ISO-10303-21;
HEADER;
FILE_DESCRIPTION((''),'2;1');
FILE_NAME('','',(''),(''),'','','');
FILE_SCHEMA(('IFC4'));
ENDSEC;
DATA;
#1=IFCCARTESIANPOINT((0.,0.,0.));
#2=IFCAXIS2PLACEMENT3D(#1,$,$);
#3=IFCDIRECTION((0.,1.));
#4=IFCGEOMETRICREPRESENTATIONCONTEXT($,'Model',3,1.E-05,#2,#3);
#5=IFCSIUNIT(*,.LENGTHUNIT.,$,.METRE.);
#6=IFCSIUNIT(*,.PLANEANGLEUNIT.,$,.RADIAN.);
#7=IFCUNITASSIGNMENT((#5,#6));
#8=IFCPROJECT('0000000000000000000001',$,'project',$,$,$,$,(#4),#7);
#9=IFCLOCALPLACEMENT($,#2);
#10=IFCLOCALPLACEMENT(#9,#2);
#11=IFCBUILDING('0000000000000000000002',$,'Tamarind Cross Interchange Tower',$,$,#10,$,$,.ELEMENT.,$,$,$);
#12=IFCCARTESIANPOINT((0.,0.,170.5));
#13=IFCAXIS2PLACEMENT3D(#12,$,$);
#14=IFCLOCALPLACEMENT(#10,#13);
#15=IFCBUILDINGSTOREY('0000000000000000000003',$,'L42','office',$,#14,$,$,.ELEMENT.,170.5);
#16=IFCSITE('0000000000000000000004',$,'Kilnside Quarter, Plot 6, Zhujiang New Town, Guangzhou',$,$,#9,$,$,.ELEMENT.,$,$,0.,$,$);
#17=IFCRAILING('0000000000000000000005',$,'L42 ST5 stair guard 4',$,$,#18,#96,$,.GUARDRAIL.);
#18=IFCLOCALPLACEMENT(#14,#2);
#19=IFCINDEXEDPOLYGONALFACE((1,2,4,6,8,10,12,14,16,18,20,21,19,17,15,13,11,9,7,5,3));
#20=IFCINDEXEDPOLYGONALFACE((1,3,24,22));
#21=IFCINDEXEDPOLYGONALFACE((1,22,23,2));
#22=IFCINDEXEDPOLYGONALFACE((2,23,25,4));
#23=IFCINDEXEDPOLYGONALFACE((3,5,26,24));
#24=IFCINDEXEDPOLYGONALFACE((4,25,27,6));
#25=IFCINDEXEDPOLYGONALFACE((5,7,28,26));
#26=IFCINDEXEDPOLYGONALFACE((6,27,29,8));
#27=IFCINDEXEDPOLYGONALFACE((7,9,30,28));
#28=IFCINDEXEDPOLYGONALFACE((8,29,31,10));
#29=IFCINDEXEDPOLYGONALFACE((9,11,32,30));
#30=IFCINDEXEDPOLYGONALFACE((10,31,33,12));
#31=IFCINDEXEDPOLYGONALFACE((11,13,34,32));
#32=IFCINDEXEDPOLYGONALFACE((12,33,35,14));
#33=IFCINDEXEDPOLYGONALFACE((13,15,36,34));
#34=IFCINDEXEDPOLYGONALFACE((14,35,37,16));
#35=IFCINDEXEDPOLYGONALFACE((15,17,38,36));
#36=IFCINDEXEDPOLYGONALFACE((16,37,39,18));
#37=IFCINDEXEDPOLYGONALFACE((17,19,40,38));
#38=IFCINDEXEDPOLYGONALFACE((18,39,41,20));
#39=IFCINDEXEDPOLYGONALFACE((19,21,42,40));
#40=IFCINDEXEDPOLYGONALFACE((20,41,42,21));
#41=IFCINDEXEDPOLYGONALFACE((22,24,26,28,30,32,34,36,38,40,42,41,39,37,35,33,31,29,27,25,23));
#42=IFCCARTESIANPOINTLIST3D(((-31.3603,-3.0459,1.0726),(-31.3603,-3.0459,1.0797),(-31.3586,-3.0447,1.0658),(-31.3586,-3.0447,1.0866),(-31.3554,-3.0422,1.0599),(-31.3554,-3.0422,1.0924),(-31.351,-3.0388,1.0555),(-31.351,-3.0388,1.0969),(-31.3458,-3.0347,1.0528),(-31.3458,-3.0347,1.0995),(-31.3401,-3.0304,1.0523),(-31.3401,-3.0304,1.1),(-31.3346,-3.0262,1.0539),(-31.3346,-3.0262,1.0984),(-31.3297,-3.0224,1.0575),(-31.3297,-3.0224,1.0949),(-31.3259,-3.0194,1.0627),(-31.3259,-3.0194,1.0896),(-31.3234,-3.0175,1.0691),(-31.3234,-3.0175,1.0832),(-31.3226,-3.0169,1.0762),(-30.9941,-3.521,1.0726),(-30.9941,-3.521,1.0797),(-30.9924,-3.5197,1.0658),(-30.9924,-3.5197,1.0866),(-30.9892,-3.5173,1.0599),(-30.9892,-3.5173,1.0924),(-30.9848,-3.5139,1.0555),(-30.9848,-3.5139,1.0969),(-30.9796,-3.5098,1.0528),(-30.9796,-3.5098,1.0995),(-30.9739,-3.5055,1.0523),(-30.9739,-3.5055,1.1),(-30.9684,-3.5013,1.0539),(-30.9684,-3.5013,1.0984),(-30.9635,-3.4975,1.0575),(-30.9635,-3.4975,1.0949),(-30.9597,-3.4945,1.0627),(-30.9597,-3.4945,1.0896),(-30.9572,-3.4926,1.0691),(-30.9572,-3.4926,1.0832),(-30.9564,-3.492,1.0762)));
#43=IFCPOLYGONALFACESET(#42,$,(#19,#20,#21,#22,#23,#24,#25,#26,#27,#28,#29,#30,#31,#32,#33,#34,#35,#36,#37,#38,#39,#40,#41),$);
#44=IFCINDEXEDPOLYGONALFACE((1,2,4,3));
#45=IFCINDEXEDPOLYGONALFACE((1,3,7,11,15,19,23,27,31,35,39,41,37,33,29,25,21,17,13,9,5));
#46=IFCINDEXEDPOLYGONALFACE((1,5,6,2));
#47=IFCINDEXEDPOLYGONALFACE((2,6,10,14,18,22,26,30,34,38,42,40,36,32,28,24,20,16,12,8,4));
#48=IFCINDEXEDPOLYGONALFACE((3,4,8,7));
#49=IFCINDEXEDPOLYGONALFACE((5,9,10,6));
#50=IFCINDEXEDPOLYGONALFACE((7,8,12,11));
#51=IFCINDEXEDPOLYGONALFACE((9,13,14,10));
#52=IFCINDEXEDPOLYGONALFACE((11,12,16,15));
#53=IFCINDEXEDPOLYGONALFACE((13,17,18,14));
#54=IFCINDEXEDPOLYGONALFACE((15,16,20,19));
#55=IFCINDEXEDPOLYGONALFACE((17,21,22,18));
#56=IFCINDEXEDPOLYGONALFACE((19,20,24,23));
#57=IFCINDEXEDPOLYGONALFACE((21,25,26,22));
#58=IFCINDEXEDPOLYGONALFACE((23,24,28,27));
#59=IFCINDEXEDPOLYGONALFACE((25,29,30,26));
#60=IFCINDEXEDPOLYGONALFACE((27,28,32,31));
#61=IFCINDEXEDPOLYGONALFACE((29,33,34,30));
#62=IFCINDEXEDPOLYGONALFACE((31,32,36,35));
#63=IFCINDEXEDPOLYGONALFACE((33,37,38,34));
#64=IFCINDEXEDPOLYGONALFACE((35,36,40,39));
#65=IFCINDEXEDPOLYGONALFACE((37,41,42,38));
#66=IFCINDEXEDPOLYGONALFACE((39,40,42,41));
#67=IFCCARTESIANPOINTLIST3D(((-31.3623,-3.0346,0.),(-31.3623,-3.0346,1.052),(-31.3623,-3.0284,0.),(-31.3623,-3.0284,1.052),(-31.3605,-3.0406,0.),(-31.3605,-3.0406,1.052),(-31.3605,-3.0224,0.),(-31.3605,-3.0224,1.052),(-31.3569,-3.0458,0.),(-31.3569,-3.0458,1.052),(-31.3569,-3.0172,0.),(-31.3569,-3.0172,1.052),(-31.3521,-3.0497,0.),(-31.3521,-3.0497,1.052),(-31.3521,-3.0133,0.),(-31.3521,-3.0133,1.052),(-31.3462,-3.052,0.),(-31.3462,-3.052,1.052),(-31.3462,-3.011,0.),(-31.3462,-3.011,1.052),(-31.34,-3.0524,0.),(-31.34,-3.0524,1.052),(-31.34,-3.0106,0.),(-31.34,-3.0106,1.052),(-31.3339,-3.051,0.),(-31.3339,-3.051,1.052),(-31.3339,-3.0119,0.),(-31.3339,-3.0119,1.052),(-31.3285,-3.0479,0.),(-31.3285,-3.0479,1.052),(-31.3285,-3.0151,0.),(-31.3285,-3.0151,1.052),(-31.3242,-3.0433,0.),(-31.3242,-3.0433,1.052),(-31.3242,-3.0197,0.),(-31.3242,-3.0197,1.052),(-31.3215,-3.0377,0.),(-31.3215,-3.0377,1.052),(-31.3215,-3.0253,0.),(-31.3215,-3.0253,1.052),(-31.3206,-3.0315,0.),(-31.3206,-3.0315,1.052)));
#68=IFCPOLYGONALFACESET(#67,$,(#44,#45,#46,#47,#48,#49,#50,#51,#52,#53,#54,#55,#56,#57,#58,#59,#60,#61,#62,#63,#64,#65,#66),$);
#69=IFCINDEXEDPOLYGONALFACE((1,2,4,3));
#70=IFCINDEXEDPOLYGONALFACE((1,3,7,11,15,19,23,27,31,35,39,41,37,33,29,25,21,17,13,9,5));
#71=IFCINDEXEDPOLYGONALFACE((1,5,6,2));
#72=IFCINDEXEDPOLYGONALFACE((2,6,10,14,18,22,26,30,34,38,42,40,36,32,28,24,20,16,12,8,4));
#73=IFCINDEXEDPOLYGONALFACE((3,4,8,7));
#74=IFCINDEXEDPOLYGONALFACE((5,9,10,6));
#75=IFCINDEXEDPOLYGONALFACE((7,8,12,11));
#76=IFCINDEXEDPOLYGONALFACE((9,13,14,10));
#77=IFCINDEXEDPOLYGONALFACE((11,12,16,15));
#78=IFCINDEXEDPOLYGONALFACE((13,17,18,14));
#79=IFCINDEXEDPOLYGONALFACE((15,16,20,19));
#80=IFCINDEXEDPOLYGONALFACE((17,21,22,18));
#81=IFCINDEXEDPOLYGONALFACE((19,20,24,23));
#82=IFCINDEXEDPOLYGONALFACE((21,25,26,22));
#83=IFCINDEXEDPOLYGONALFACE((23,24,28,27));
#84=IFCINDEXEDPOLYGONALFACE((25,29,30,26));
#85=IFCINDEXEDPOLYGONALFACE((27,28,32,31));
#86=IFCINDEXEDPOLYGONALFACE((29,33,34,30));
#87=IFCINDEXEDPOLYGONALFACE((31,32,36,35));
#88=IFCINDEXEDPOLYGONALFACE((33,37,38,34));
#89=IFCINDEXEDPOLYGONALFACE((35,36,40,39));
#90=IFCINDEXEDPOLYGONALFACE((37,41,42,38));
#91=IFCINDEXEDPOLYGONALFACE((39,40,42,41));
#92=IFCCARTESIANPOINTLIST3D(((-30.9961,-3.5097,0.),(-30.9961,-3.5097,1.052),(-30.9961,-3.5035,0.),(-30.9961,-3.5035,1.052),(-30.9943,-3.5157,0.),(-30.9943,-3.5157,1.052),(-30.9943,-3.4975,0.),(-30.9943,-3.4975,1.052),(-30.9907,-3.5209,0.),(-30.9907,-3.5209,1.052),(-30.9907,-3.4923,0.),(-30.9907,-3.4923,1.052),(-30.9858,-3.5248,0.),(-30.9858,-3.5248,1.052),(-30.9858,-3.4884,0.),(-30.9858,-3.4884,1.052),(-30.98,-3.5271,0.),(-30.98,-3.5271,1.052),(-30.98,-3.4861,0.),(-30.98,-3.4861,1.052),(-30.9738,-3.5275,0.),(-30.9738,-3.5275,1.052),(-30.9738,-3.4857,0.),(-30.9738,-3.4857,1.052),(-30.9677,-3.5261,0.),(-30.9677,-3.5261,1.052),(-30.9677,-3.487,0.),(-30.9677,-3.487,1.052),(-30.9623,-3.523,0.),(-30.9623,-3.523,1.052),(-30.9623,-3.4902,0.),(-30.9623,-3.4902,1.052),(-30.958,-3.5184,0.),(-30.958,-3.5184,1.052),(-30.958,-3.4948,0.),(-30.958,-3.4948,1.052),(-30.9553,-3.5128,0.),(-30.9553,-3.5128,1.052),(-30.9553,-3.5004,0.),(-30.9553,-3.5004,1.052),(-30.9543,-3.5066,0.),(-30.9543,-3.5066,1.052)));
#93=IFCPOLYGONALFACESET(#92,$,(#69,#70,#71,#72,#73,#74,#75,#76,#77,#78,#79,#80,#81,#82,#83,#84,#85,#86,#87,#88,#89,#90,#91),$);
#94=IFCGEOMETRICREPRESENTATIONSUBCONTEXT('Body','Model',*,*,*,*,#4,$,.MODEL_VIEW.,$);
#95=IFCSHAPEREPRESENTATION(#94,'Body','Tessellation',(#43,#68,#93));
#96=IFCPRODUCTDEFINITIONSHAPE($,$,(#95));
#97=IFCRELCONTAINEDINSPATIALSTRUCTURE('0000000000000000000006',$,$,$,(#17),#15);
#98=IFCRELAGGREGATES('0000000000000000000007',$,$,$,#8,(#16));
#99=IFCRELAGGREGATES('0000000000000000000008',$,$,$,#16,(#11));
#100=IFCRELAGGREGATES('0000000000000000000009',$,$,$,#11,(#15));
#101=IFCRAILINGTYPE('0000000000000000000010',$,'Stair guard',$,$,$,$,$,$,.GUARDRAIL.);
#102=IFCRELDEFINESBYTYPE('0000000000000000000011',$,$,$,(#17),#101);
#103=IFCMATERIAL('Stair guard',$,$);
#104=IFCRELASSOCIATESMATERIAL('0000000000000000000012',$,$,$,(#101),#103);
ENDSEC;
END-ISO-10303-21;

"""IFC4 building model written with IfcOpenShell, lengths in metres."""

from ifc_helpers import new_model, si_unit, direction, frame, origin, origin_2d, place, context, subcontext, project, spatial, circle, extrude, material, type_object, element, save


model = new_model("IFC4")

# Units and contexts
model_context = context("Model", 3, precision=1e-05, world=origin(), true_north=direction((0.0, 1.0)))
body_context = subcontext(model_context, "Body", "Model", "MODEL_VIEW")
ifc_project = project(units=[si_unit("LENGTHUNIT", "METRE"), si_unit("PLANEANGLEUNIT", "RADIAN")], contexts=[model_context])

# Site, building, storey
site_placement = place(None, origin())
site = spatial("IfcSite", under=ifc_project, at=site_placement, Name="Kilnside Quarter, Plot 6, Zhujiang New Town, Guangzhou", CompositionType="ELEMENT", RefElevation=0.0)
building_placement = place(site_placement, origin())
building = spatial("IfcBuilding", under=site, at=building_placement, Name="Tamarind Cross Interchange Tower", CompositionType="ELEMENT")
storey_placement = place(building_placement, frame((0.0, 0.0, 170.5)))
storey = spatial("IfcBuildingStorey", under=building, at=storey_placement, Name="L42", Description="office", CompositionType="ELEMENT", Elevation=170.5)

# Railing
ifc_material_1 = material(Name="Stair guard")
railing_type = type_object("IfcRailingType", Name="Stair guard", PredefinedType="GUARDRAIL", material=ifc_material_1)
railing_1_placement = place(storey_placement, frame((-31.3416, -3.0315, 0.0)))
element("IfcRailing", 1, at=railing_1_placement, inside=storey, type_object=railing_type, Name="L42 ST5 stair guard 4", PredefinedType="GUARDRAIL", context=body_context, shape_type="SweptSolid", body=[
    extrude(circle(Radius=0.0239, at=origin_2d()), frame((0.0, 0.0, 1.0762), z_axis=(0.610497, -0.792018, 0.0), x_axis=(0.792018, 0.610497, 0.0)), (0.0, 0.0, 1.0), 0.5999),
    extrude(circle(Radius=0.021, at=origin_2d()), origin(), (0.0, 0.0, 1.0), 1.052),
    extrude(circle(Radius=0.021, at=origin_2d()), frame((0.3662, -0.4751, 0.0)), (0.0, 0.0, 1.0), 1.052),
])

save(model, "model.ifc")
